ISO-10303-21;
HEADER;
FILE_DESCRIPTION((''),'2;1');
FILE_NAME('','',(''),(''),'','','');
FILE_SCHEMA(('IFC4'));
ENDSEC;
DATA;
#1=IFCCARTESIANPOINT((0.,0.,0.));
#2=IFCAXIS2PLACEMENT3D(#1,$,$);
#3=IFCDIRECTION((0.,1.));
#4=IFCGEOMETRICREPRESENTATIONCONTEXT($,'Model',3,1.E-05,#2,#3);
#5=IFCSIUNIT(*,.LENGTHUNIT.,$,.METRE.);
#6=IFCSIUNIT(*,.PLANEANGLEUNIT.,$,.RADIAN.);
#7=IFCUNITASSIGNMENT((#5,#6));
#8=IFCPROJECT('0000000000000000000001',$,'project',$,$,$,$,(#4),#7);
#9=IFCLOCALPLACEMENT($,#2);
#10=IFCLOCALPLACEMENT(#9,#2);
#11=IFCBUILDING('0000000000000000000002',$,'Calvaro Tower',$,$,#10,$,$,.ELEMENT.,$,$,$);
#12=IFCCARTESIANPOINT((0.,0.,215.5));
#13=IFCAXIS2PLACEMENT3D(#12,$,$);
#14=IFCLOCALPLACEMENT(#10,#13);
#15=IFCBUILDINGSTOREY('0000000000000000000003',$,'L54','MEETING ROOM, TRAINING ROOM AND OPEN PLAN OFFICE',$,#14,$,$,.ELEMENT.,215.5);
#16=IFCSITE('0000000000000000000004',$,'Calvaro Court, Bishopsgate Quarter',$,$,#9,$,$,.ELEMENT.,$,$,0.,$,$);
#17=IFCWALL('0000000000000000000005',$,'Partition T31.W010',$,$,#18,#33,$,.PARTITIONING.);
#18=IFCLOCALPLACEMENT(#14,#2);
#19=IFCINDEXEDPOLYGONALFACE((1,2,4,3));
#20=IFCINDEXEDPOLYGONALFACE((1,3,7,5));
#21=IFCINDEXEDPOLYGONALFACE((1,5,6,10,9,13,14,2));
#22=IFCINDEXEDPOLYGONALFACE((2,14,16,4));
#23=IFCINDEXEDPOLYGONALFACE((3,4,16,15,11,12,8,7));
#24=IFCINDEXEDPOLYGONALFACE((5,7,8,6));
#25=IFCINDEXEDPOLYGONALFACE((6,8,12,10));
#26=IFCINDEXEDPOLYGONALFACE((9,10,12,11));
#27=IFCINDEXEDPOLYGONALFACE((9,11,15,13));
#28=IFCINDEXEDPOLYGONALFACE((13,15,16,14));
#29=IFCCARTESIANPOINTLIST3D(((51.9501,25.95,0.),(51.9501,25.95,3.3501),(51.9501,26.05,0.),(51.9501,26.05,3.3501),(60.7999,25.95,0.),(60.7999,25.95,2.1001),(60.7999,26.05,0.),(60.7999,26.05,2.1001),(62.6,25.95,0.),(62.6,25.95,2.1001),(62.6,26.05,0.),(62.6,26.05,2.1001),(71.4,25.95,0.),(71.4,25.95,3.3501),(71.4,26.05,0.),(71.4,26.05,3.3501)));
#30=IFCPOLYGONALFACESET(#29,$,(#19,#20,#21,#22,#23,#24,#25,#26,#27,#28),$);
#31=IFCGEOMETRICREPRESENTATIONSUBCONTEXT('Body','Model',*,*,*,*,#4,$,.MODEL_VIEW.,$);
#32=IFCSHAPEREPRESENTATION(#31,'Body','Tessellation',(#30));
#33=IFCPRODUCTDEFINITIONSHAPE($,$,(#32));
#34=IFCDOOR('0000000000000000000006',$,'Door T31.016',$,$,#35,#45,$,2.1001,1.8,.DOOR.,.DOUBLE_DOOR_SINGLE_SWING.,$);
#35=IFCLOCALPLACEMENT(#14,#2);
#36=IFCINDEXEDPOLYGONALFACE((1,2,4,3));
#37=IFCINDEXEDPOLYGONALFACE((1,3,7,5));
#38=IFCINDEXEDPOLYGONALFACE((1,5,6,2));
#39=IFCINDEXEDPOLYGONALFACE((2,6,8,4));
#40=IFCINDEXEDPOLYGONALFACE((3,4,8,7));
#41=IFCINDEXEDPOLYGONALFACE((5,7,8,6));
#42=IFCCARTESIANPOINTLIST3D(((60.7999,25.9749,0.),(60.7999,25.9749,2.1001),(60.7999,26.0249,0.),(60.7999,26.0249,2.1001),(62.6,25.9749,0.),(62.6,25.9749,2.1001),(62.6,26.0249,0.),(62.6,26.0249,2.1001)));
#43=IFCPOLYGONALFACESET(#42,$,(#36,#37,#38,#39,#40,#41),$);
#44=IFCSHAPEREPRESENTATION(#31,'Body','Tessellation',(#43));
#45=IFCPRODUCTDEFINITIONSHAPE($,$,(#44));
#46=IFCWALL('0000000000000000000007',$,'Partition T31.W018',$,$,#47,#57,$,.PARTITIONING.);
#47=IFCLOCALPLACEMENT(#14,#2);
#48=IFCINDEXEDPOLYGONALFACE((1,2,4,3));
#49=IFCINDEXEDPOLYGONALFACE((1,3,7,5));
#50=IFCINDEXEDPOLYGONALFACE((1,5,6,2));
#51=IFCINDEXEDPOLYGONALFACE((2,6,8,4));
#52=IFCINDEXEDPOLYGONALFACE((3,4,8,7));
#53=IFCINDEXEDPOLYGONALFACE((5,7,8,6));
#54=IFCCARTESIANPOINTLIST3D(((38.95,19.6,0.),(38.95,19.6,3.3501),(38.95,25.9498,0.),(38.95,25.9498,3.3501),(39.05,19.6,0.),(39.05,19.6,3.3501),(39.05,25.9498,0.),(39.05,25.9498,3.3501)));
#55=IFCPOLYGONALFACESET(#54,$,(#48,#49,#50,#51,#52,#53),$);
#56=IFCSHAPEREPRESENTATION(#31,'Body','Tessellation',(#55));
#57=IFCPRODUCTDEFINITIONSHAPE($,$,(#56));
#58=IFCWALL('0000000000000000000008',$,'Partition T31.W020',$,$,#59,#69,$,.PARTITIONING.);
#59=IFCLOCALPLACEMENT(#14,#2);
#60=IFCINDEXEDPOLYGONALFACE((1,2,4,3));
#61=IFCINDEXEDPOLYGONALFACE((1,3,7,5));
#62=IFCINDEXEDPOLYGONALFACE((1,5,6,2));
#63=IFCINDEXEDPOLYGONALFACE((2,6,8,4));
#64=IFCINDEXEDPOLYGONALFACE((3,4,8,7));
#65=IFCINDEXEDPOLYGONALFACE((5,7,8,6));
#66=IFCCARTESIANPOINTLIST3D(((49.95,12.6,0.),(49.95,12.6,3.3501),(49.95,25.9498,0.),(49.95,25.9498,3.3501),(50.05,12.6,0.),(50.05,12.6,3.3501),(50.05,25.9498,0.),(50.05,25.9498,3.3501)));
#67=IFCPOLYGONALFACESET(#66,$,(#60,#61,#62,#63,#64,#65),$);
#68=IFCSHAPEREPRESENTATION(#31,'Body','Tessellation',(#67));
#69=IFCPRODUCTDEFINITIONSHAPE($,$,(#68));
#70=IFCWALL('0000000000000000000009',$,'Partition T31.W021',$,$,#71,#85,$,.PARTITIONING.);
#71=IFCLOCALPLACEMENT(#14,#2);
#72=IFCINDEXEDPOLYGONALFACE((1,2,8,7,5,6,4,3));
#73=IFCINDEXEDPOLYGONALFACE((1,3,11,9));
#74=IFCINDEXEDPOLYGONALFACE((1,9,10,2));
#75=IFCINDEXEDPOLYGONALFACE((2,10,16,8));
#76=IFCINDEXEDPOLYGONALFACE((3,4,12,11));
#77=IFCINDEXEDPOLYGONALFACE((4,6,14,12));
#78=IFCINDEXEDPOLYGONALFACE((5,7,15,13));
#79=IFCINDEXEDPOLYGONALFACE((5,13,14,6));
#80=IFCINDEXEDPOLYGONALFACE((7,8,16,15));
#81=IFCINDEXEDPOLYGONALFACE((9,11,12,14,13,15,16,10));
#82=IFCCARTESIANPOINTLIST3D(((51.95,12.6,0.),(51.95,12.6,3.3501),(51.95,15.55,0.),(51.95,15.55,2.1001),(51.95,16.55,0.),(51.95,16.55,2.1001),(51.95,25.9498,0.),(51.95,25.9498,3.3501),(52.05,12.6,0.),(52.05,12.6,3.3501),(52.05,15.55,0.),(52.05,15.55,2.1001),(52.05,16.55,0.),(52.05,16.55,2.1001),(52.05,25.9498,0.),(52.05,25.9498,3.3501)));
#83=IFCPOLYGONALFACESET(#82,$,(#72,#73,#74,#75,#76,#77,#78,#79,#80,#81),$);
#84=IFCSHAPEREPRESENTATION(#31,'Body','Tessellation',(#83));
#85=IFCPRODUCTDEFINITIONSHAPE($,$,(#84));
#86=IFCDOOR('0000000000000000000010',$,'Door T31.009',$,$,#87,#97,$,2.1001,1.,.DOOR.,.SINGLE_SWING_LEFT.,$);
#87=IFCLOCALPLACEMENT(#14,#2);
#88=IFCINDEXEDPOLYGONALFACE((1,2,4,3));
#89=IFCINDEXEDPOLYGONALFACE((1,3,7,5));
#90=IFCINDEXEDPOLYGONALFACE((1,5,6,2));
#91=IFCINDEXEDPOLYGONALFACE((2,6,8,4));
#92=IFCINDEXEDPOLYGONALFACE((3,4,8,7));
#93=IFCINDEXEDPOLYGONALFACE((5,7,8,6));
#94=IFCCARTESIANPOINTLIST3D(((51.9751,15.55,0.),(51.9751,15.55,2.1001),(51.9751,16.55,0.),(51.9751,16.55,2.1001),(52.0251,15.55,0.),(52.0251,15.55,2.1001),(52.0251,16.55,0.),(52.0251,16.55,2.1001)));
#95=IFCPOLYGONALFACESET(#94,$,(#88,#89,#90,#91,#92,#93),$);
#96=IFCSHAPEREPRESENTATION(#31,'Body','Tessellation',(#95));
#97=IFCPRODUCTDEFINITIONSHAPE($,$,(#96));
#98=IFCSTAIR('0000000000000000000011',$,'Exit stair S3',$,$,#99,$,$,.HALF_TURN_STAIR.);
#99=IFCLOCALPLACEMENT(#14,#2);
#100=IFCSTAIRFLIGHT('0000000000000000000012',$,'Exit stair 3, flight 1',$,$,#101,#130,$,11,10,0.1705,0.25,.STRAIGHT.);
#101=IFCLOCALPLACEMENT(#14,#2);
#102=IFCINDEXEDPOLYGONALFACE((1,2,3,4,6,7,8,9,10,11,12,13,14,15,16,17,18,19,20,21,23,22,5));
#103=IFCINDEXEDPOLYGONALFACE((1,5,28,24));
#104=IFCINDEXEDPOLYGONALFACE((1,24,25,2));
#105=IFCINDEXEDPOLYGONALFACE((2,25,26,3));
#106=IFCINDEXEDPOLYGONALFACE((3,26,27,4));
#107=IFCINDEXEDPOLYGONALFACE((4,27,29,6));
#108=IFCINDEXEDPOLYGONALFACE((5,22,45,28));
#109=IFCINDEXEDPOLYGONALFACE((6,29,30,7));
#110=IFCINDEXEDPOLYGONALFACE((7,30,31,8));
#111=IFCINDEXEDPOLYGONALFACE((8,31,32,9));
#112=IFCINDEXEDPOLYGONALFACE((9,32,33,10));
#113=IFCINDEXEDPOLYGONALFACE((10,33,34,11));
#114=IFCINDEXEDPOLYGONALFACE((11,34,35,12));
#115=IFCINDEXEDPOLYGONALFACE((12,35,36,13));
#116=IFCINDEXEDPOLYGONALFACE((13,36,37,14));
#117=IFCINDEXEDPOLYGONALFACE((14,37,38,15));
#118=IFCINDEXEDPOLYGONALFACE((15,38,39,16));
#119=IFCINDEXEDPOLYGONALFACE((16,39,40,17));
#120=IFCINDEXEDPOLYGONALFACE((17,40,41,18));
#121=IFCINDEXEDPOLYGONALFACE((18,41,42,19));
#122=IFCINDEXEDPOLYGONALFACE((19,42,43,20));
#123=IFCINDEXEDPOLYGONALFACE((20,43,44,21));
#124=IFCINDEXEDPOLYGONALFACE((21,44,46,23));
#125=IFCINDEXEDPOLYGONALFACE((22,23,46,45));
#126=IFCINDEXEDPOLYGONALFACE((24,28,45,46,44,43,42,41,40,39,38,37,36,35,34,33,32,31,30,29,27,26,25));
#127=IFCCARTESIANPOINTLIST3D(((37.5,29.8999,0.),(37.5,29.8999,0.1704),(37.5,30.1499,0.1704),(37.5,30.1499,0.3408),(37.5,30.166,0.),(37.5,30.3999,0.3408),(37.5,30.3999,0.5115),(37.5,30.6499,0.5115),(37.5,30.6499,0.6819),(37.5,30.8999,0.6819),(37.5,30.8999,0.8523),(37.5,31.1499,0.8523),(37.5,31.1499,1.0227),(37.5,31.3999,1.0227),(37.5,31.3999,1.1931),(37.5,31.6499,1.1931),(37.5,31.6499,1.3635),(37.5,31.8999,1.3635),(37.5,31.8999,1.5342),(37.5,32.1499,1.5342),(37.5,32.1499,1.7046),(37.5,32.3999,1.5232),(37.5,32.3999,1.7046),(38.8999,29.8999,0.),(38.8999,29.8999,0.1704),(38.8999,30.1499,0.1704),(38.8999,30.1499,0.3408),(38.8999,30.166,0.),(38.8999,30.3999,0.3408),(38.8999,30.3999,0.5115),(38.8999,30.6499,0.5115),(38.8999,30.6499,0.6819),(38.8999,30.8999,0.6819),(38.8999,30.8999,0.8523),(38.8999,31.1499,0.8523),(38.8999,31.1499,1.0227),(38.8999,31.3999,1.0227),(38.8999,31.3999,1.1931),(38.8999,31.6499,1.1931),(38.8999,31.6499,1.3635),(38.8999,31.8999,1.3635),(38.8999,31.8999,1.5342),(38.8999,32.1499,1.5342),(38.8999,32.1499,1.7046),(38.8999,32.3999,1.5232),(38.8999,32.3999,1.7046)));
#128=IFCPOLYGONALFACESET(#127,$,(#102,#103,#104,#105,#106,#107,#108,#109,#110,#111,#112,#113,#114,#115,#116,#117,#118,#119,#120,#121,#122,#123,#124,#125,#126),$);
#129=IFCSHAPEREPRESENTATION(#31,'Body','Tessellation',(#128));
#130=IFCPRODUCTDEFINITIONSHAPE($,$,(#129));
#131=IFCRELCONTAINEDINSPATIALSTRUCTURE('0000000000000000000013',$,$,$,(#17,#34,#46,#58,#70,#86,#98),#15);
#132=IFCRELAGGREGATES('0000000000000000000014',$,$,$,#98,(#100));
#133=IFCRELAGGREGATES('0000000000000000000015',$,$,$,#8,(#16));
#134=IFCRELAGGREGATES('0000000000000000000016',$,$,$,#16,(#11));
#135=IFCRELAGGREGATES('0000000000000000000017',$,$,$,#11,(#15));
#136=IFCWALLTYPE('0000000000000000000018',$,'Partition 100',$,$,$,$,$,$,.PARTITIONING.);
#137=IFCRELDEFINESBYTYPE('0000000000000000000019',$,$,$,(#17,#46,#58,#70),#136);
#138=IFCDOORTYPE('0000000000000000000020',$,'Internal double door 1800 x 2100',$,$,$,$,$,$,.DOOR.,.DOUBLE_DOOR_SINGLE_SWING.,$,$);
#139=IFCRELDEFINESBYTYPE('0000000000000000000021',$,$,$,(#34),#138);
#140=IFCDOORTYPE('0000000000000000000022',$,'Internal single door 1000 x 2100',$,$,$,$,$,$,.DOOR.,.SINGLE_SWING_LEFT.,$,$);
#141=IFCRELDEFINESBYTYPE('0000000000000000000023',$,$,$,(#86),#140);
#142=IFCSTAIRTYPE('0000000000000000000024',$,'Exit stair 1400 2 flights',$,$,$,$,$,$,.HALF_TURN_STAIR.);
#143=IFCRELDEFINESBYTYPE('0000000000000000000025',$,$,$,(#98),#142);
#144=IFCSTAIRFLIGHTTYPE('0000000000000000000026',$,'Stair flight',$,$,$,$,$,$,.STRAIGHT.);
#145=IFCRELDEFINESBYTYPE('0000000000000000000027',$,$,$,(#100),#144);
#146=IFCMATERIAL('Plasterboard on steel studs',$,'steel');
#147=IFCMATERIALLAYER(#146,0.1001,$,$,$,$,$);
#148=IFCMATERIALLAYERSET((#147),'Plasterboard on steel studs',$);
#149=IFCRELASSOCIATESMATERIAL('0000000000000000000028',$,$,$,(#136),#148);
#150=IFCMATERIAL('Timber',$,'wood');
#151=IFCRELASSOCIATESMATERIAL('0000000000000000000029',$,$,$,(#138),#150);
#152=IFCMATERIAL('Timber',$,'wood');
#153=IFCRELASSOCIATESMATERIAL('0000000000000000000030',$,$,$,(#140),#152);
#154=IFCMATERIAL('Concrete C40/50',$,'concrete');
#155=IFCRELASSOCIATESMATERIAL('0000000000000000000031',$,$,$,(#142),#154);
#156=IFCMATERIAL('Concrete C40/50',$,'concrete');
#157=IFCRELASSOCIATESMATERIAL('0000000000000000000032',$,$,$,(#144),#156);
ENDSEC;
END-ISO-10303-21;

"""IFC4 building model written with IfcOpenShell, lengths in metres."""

from ifc_helpers import new_model, si_unit, direction, frame, frame_2d, origin, place, context, subcontext, project, spatial, polyline, rectangle, outline, extrude, material, layer, layer_set, type_object, element, fill, aggregate, save


model = new_model("IFC4")

# Units and contexts
model_context = context("Model", 3, precision=1e-05, world=origin(), true_north=direction((0.0, 1.0)))
body_context = subcontext(model_context, "Body", "Model", "MODEL_VIEW")
ifc_project = project(units=[si_unit("LENGTHUNIT", "METRE"), si_unit("PLANEANGLEUNIT", "RADIAN")], contexts=[model_context])

# Site, building, storey
site_placement = place(None, origin())
site = spatial("IfcSite", under=ifc_project, at=site_placement, Name="Calvaro Court, Bishopsgate Quarter", CompositionType="ELEMENT", RefElevation=0.0)
building_placement = place(site_placement, origin())
building = spatial("IfcBuilding", under=site, at=building_placement, Name="Calvaro Tower", CompositionType="ELEMENT")
storey_placement = place(building_placement, frame((0.0, 0.0, 215.5)))
storey = spatial("IfcBuildingStorey", under=building, at=storey_placement, Name="L54", Description="MEETING ROOM, TRAINING ROOM AND OPEN PLAN OFFICE", CompositionType="ELEMENT", Elevation=215.5)

# Shared definitions
ifc_material_1 = material(Name="Plasterboard on steel studs", Category="steel")
ifc_layer_1 = layer(ifc_material_1, 0.1001)
ifc_layer_set_1 = layer_set([ifc_layer_1], Name="Plasterboard on steel studs")
wall_type_1 = type_object("IfcWallType", Name="Partition 100", PredefinedType="PARTITIONING", material=ifc_layer_set_1)
ifc_material_2 = material(Name="Timber", Category="wood")
door_type_1 = type_object("IfcDoorType", Name="Internal double door 1800 x 2100", OperationType="DOUBLE_DOOR_SINGLE_SWING", PredefinedType="DOOR", material=ifc_material_2)
ifc_material_3 = material(Name="Timber", Category="wood")
door_type_2 = type_object("IfcDoorType", Name="Internal single door 1000 x 2100", OperationType="SINGLE_SWING_LEFT", PredefinedType="DOOR", material=ifc_material_3)

# Wall, opening, door
wall_1_placement = place(storey_placement, frame((51.95, 26.0, 0.0), z_axis=(0.0, 0.0, 1.0), x_axis=(1.0, 0.0, 0.0)))
wall_1 = element("IfcWall", 1, at=wall_1_placement, inside=storey, type_object=wall_type_1, Name="Partition T31.W010", PredefinedType="PARTITIONING", context=body_context, shape_type="SweptSolid", body=[
    extrude(rectangle(XDim=19.45, YDim=0.1001, at=frame_2d((9.7251, 0.0))), origin(), (0.0, 0.0, 1.0), 3.3501),
])
opening_1_placement = place(wall_1_placement, frame((8.8501, 0.0, 0.0)))
opening_1 = element("IfcOpeningElement", 2, at=opening_1_placement, cuts=wall_1, PredefinedType="OPENING", context=body_context, shape_type="SweptSolid", body=[
    extrude(rectangle(XDim=1.8, YDim=2.1001, at=frame_2d((0.8999, 1.05))), frame((0.0, 0.0601, 0.0), z_axis=(0.0, -1.0, 0.0), x_axis=(1.0, 0.0, 0.0)), (0.0, 0.0, 1.0), 0.1201),
])
door_1_placement = place(opening_1_placement, origin())
door_1 = element("IfcDoor", 3, at=door_1_placement, inside=storey, type_object=door_type_1, Name="Door T31.016", OperationType="DOUBLE_DOOR_SINGLE_SWING", OverallHeight=2.1001, OverallWidth=1.8, PredefinedType="DOOR", context=body_context, shape_type="SweptSolid", body=[
    extrude(rectangle(XDim=1.8, YDim=2.1001, at=frame_2d((0.8999, 1.05))), frame((0.0, 0.0249, 0.0), z_axis=(0.0, -1.0, 0.0), x_axis=(1.0, 0.0, 0.0)), (0.0, 0.0, 1.0), 0.05),
])
fill(opening_1, door_1)

# Walls
wall_2_placement = place(storey_placement, frame((39.0, 19.6001, 0.0), z_axis=(0.0, 0.0, 1.0), x_axis=(0.0, 1.0, 0.0)))
element("IfcWall", 4, at=wall_2_placement, inside=storey, type_object=wall_type_1, Name="Partition T31.W018", PredefinedType="PARTITIONING", context=body_context, shape_type="SweptSolid", body=[
    extrude(rectangle(XDim=6.3499, YDim=0.1001, at=frame_2d((3.1748, 0.0))), origin(), (0.0, 0.0, 1.0), 3.3501),
])
wall_3_placement = place(storey_placement, frame((50.0, 12.6001, 0.0), z_axis=(0.0, 0.0, 1.0), x_axis=(0.0, 1.0, 0.0)))
element("IfcWall", 5, at=wall_3_placement, inside=storey, type_object=wall_type_1, Name="Partition T31.W020", PredefinedType="PARTITIONING", context=body_context, shape_type="SweptSolid", body=[
    extrude(rectangle(XDim=13.3499, YDim=0.1001, at=frame_2d((6.6748, 0.0))), origin(), (0.0, 0.0, 1.0), 3.3501),
])

# Wall, opening, door
wall_4_placement = place(storey_placement, frame((52.0, 12.6001, 0.0), z_axis=(0.0, 0.0, 1.0), x_axis=(0.0, 1.0, 0.0)))
wall_4 = element("IfcWall", 6, at=wall_4_placement, inside=storey, type_object=wall_type_1, Name="Partition T31.W021", PredefinedType="PARTITIONING", context=body_context, shape_type="SweptSolid", body=[
    extrude(rectangle(XDim=13.3499, YDim=0.1001, at=frame_2d((6.6748, 0.0))), origin(), (0.0, 0.0, 1.0), 3.3501),
])
opening_2_placement = place(wall_4_placement, frame((2.95, 0.0, 0.0)))
opening_2 = element("IfcOpeningElement", 7, at=opening_2_placement, cuts=wall_4, PredefinedType="OPENING", context=body_context, shape_type="SweptSolid", body=[
    extrude(rectangle(XDim=1.0, YDim=2.1001, at=frame_2d((0.5, 1.05))), frame((0.0, 0.0601, 0.0), z_axis=(0.0, -1.0, 0.0), x_axis=(1.0, 0.0, 0.0)), (0.0, 0.0, 1.0), 0.1201),
])
door_2_placement = place(opening_2_placement, origin())
door_2 = element("IfcDoor", 8, at=door_2_placement, inside=storey, type_object=door_type_2, Name="Door T31.009", OperationType="SINGLE_SWING_LEFT", OverallHeight=2.1001, OverallWidth=1.0, PredefinedType="DOOR", context=body_context, shape_type="SweptSolid", body=[
    extrude(rectangle(XDim=1.0, YDim=2.1001, at=frame_2d((0.5, 1.05))), frame((0.0, 0.0249, 0.0), z_axis=(0.0, -1.0, 0.0), x_axis=(1.0, 0.0, 0.0)), (0.0, 0.0, 1.0), 0.05),
])
fill(opening_2, door_2)

# Stair, stair flight
ifc_material_4 = material(Name="Concrete C40/50", Category="concrete")
stair_type = type_object("IfcStairType", Name="Exit stair 1400 2 flights", PredefinedType="HALF_TURN_STAIR", material=ifc_material_4)
stair_1_placement = place(storey_placement, origin())
stair_1 = element("IfcStair", 9, at=stair_1_placement, inside=storey, type_object=stair_type, Name="Exit stair S3", PredefinedType="HALF_TURN_STAIR")
ifc_material_5 = material(Name="Concrete C40/50", Category="concrete")
stair_flight_type = type_object("IfcStairFlightType", Name="Stair flight", PredefinedType="STRAIGHT", material=ifc_material_5)
stair_flight_placement = place(storey_placement, frame((38.2, 29.8999, 0.0), z_axis=(0.0, 0.0, 1.0), x_axis=(0.0, 1.0, 0.0)))
stair_flight = element("IfcStairFlight", 10, at=stair_flight_placement, type_object=stair_flight_type, Name="Exit stair 3, flight 1", NumberOfRisers=11, NumberOfTreads=10, PredefinedType="STRAIGHT", RiserHeight=0.1705, TreadLength=0.25, context=body_context, shape_type="SweptSolid", body=[
    extrude(outline(polyline([(0.0, 0.0), (0.0, 0.1704), (0.25, 0.1704), (0.25, 0.3408), (0.5, 0.3408), (0.5, 0.5115), (0.75, 0.5115), (0.75, 0.6819), (1.0, 0.6819), (1.0, 0.8523), (1.25, 0.8523), (1.25, 1.0227), (1.5, 1.0227), (1.5, 1.1931), (1.75, 1.1931), (1.75, 1.3635), (2.0, 1.3635), (2.0, 1.5342), (2.25, 1.5342), (2.25, 1.7046), (2.5, 1.7046), (2.5, 1.875), (2.5, 1.5232), (0.2661, 0.0), (0.0, 0.0)])), frame((0.0, 0.7, 0.0), z_axis=(0.0, -1.0, 0.0), x_axis=(1.0, 0.0, 0.0)), (0.0, 0.0, 1.0), 1.3999),
])
aggregate(stair_1, [stair_flight])

save(model, "model.ifc")
